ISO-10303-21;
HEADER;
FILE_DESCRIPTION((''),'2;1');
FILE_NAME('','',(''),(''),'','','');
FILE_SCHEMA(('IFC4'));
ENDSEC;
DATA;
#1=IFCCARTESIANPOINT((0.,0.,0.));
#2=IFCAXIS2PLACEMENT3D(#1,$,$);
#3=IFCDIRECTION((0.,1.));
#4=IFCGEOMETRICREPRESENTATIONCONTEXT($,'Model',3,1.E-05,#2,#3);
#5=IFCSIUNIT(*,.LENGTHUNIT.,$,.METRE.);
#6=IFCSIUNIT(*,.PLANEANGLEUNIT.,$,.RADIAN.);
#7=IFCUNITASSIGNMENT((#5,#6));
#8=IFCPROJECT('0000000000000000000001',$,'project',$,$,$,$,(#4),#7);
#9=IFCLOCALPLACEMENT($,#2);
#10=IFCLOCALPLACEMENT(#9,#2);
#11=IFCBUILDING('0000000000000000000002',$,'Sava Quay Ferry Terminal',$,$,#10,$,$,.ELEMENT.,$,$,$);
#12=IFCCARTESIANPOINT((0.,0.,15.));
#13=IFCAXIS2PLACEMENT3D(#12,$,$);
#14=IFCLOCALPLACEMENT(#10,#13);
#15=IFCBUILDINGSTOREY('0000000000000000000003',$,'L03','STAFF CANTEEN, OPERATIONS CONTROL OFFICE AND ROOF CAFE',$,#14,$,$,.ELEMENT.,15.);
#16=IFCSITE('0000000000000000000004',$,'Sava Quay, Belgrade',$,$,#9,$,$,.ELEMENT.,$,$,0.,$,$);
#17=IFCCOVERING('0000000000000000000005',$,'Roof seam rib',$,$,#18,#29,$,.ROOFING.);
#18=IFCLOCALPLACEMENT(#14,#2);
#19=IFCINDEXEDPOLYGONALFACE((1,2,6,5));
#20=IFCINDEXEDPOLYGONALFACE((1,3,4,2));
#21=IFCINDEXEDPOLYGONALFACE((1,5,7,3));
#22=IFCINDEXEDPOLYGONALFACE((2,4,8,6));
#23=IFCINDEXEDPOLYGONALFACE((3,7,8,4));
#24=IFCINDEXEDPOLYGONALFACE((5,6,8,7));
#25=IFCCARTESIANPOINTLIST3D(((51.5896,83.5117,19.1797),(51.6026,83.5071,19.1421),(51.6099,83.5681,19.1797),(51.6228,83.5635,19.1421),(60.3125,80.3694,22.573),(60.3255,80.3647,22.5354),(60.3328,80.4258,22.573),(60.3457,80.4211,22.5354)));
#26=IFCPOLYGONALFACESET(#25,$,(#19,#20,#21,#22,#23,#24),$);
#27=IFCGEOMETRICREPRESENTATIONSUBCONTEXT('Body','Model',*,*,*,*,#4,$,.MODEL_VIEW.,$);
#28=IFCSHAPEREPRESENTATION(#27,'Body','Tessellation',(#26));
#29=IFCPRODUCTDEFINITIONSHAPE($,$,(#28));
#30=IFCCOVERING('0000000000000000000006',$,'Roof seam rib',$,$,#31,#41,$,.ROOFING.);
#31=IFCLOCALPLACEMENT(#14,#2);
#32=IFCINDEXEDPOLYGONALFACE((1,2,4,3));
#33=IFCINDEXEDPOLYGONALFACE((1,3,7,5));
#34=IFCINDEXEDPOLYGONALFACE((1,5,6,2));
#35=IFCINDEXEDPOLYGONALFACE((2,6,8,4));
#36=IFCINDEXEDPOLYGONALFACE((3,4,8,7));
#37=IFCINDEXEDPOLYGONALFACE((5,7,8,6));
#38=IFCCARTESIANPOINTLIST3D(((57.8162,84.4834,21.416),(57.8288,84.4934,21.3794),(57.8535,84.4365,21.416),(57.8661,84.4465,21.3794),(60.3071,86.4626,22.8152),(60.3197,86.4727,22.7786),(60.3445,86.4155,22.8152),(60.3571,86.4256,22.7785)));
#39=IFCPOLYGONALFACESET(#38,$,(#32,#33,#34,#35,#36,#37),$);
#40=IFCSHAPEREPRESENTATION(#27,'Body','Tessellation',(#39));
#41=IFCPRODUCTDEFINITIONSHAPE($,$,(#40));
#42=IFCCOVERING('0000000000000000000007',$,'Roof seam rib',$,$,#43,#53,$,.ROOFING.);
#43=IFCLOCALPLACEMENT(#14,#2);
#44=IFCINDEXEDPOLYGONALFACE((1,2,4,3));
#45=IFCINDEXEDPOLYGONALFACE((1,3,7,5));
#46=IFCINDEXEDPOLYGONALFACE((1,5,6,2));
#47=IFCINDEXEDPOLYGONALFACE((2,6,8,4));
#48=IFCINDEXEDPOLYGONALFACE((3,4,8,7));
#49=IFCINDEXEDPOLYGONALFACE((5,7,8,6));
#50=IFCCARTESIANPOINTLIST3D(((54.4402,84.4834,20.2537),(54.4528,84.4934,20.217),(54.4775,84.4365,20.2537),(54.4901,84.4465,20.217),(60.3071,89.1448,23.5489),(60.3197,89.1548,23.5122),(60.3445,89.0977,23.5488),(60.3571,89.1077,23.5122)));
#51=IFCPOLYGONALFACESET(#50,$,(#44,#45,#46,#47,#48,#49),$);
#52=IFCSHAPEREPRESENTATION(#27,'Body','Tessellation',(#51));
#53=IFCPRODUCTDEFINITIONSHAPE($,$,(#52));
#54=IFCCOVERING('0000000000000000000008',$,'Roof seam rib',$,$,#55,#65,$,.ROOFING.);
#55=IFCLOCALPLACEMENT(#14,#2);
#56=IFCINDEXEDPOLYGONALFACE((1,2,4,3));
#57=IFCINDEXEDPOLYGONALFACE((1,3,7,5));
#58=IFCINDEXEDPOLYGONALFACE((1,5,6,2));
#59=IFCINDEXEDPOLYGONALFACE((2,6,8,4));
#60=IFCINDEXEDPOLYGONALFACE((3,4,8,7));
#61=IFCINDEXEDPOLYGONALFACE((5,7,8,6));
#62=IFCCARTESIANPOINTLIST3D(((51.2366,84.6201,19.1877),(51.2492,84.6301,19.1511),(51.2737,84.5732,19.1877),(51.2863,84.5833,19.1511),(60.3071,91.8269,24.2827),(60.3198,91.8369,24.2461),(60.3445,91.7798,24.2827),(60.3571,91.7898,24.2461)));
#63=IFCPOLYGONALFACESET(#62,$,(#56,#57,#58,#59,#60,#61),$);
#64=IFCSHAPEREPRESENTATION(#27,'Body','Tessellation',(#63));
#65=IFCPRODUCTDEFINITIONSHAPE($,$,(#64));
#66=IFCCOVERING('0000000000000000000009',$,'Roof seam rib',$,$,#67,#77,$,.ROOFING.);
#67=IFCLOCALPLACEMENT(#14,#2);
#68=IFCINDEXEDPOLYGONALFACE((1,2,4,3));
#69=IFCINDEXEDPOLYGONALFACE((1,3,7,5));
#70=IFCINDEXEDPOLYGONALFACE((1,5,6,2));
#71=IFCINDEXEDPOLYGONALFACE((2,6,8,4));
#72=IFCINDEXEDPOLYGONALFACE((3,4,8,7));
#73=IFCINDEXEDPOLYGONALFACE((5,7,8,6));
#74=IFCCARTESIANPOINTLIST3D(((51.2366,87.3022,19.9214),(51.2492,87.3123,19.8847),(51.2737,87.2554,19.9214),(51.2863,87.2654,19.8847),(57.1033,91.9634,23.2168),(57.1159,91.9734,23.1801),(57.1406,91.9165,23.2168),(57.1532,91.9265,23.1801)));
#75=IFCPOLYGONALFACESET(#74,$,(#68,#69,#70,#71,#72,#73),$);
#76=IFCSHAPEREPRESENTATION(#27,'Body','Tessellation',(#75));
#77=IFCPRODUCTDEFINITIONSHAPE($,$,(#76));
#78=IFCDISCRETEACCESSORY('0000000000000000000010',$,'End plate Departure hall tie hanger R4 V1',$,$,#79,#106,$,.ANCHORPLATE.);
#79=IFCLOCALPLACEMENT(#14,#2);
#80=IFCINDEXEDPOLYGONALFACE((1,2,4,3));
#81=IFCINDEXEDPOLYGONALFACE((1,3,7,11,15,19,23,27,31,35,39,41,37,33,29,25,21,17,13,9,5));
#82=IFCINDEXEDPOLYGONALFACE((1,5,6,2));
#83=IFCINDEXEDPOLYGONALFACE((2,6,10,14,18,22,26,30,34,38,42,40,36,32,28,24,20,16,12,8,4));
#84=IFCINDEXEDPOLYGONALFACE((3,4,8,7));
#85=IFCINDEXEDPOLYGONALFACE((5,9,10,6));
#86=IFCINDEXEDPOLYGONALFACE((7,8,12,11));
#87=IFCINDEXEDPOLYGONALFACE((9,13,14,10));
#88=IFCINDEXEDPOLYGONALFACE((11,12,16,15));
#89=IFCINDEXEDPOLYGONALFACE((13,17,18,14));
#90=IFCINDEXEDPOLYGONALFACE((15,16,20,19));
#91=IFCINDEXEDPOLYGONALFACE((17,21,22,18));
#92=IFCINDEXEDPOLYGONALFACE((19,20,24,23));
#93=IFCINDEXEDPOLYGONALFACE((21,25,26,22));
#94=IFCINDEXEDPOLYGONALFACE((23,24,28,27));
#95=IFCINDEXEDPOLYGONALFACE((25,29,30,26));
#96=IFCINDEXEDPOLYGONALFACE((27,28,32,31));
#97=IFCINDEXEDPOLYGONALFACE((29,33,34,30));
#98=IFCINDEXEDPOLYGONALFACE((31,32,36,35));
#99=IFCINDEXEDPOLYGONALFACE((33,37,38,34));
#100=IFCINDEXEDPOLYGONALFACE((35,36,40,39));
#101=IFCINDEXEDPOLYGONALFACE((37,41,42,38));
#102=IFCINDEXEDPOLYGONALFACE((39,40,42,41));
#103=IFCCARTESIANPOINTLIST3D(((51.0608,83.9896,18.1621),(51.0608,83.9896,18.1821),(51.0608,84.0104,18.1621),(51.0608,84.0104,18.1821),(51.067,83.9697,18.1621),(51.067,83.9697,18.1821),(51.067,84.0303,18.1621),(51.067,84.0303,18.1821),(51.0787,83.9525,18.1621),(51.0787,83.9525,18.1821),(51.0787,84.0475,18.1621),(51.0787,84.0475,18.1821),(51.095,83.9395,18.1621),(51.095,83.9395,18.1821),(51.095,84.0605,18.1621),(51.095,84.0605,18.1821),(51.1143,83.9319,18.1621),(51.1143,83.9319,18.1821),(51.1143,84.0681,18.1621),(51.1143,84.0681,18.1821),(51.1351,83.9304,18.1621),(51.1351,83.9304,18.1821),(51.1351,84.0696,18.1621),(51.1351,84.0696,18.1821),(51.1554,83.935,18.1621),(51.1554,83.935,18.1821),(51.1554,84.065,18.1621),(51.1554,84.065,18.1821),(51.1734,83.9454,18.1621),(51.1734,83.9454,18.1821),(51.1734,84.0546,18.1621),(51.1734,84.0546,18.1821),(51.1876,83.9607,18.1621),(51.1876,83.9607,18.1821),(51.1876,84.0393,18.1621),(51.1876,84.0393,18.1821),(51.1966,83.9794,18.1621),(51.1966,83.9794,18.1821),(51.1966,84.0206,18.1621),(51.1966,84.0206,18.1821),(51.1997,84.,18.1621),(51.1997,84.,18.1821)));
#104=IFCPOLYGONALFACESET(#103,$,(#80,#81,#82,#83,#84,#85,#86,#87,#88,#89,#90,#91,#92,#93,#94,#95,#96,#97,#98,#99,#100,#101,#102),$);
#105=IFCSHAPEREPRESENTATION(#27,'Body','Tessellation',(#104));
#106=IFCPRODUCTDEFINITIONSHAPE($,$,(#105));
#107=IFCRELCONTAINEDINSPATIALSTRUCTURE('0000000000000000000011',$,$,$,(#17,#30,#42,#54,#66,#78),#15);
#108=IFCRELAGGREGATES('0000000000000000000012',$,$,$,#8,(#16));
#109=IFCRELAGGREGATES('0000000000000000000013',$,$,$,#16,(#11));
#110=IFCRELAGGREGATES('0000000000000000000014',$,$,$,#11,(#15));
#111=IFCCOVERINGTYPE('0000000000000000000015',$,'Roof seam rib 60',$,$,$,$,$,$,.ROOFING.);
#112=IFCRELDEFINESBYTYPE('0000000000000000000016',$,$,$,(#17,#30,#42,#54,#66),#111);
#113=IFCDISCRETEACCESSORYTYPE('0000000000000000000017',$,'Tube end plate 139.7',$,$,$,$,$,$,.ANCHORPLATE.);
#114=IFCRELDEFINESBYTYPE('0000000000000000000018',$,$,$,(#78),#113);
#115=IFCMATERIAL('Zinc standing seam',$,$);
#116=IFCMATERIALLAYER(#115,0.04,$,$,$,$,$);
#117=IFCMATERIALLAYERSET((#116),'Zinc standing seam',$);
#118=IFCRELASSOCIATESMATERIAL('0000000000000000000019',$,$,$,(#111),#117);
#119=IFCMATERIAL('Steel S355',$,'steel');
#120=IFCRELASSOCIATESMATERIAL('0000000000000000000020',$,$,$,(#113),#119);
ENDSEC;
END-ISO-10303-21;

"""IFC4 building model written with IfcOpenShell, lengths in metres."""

from ifc_helpers import new_model, si_unit, direction, frame, origin, origin_2d, place, context, subcontext, project, spatial, polyline, circle, outline, extrude, material, layer, layer_set, material_profile, profile_set, type_object, element, save


model = new_model("IFC4")

# Units and contexts
model_context = context("Model", 3, precision=1e-05, world=origin(), true_north=direction((0.0, 1.0)))
body_context = subcontext(model_context, "Body", "Model", "MODEL_VIEW")
ifc_project = project(units=[si_unit("LENGTHUNIT", "METRE"), si_unit("PLANEANGLEUNIT", "RADIAN")], contexts=[model_context])

# Site, building, storey
site_placement = place(None, origin())
site = spatial("IfcSite", under=ifc_project, at=site_placement, Name="Sava Quay, Belgrade", CompositionType="ELEMENT", RefElevation=0.0)
building_placement = place(site_placement, origin())
building = spatial("IfcBuilding", under=site, at=building_placement, Name="Sava Quay Ferry Terminal", CompositionType="ELEMENT")
storey_placement = place(building_placement, frame((0.0, 0.0, 15.0)))
storey = spatial("IfcBuildingStorey", under=building, at=storey_placement, Name="L03", Description="STAFF CANTEEN, OPERATIONS CONTROL OFFICE AND ROOF CAFE", CompositionType="ELEMENT", Elevation=15.0)

# Coverings
ifc_material_1 = material(Name="Zinc standing seam")
ifc_layer_1 = layer(ifc_material_1, 0.04)
ifc_layer_set_1 = layer_set([ifc_layer_1], Name="Zinc standing seam")
covering_type_1 = type_object("IfcCoveringType", Name="Roof seam rib 60", PredefinedType="ROOFING", material=ifc_layer_set_1)
covering_1_placement = place(storey_placement, frame((51.6099, 83.5681, 19.1797), z_axis=(-0.323448, 0.116217, 0.939082), x_axis=(0.883503, -0.318273, 0.343693)))
element("IfcCovering", 1, at=covering_1_placement, inside=storey, type_object=covering_type_1, Name="Roof seam rib", PredefinedType="ROOFING", context=body_context, shape_type="SweptSolid", body=[
    extrude(outline(polyline([(0.0, 0.0), (9.8731, 0.0), (9.8731, -0.0599), (0.0, -0.0599), (0.0, 0.0)])), origin(), (0.0, 0.0, -1.0), 0.04),
])
covering_2_placement = place(storey_placement, frame((57.8162, 84.4834, 21.416), z_axis=(-0.315154, -0.250486, 0.915388), x_axis=(0.716692, 0.569462, 0.402574)))
element("IfcCovering", 2, at=covering_2_placement, inside=storey, type_object=covering_type_1, Name="Roof seam rib", PredefinedType="ROOFING", context=body_context, shape_type="SweptSolid", body=[
    extrude(outline(polyline([(0.0, 0.0), (3.4756, 0.0), (3.4756, -0.0601), (0.0001, -0.0599), (0.0, 0.0)])), origin(), (0.0, 0.0, -1.0), 0.04),
])
covering_3_placement = place(storey_placement, frame((54.4402, 84.4834, 20.2537), z_axis=(-0.315135, -0.250471, 0.915398), x_axis=(0.716719, 0.569445, 0.402549)))
element("IfcCovering", 3, at=covering_3_placement, inside=storey, type_object=covering_type_1, Name="Roof seam rib", PredefinedType="ROOFING", context=body_context, shape_type="SweptSolid", body=[
    extrude(outline(polyline([(0.0, 0.0), (8.1858, 0.0), (8.1858, -0.0601), (0.0001, -0.0599), (0.0, 0.0)])), origin(), (0.0, 0.0, -1.0), 0.04),
])
covering_4_placement = place(storey_placement, frame((51.2366, 84.6201, 19.1877), z_axis=(-0.315556, -0.249986, 0.915386), x_axis=(0.716707, 0.569442, 0.402577)))
element("IfcCovering", 4, at=covering_4_placement, inside=storey, type_object=covering_type_1, Name="Roof seam rib", PredefinedType="ROOFING", context=body_context, shape_type="SweptSolid", body=[
    extrude(outline(polyline([(0.0, 0.0), (12.6559, 0.0), (12.6558, -0.0601), (-0.0001, -0.0598), (0.0, 0.0)])), origin(), (0.0, 0.0, -1.0), 0.04),
])
covering_5_placement = place(storey_placement, frame((51.2366, 87.3022, 19.9214), z_axis=(-0.315243, -0.250388, 0.915384), x_axis=(0.716711, 0.569432, 0.402582)))
element("IfcCovering", 5, at=covering_5_placement, inside=storey, type_object=covering_type_1, Name="Roof seam rib", PredefinedType="ROOFING", context=body_context, shape_type="SweptSolid", body=[
    extrude(outline(polyline([(0.0, 0.0), (8.1856, 0.0), (8.1857, -0.0599), (-0.0001, -0.0598), (0.0, 0.0)])), origin(), (0.0, 0.0, -1.0), 0.04),
])

# Discrete accessory
ifc_material_2 = material(Name="Steel S355", Category="steel")
ifc_material_profile_1 = material_profile(ifc_material_2, circle(Radius=0.0698, at=origin_2d()), Name="Plate 139.7 dia x 20")
ifc_profile_set_1 = profile_set([ifc_material_profile_1], Name="Steel S355")
discrete_accessory_type = type_object("IfcDiscreteAccessoryType", Name="Tube end plate 139.7", PredefinedType="ANCHORPLATE", material=ifc_profile_set_1)
discrete_accessory_placement = place(storey_placement, frame((51.1299, 84.0, 18.1621), z_axis=(0.0, 0.0, 1.0), x_axis=(1.0, 0.0, 0.0)))
element("IfcDiscreteAccessory", 6, at=discrete_accessory_placement, inside=storey, type_object=discrete_accessory_type, Name="End plate Departure hall tie hanger R4 V1", PredefinedType="ANCHORPLATE", context=body_context, shape_type="SweptSolid", body=[
    extrude(circle(Radius=0.0698, at=origin_2d()), origin(), (0.0, 0.0, 1.0), 0.02),
])

save(model, "model.ifc")
